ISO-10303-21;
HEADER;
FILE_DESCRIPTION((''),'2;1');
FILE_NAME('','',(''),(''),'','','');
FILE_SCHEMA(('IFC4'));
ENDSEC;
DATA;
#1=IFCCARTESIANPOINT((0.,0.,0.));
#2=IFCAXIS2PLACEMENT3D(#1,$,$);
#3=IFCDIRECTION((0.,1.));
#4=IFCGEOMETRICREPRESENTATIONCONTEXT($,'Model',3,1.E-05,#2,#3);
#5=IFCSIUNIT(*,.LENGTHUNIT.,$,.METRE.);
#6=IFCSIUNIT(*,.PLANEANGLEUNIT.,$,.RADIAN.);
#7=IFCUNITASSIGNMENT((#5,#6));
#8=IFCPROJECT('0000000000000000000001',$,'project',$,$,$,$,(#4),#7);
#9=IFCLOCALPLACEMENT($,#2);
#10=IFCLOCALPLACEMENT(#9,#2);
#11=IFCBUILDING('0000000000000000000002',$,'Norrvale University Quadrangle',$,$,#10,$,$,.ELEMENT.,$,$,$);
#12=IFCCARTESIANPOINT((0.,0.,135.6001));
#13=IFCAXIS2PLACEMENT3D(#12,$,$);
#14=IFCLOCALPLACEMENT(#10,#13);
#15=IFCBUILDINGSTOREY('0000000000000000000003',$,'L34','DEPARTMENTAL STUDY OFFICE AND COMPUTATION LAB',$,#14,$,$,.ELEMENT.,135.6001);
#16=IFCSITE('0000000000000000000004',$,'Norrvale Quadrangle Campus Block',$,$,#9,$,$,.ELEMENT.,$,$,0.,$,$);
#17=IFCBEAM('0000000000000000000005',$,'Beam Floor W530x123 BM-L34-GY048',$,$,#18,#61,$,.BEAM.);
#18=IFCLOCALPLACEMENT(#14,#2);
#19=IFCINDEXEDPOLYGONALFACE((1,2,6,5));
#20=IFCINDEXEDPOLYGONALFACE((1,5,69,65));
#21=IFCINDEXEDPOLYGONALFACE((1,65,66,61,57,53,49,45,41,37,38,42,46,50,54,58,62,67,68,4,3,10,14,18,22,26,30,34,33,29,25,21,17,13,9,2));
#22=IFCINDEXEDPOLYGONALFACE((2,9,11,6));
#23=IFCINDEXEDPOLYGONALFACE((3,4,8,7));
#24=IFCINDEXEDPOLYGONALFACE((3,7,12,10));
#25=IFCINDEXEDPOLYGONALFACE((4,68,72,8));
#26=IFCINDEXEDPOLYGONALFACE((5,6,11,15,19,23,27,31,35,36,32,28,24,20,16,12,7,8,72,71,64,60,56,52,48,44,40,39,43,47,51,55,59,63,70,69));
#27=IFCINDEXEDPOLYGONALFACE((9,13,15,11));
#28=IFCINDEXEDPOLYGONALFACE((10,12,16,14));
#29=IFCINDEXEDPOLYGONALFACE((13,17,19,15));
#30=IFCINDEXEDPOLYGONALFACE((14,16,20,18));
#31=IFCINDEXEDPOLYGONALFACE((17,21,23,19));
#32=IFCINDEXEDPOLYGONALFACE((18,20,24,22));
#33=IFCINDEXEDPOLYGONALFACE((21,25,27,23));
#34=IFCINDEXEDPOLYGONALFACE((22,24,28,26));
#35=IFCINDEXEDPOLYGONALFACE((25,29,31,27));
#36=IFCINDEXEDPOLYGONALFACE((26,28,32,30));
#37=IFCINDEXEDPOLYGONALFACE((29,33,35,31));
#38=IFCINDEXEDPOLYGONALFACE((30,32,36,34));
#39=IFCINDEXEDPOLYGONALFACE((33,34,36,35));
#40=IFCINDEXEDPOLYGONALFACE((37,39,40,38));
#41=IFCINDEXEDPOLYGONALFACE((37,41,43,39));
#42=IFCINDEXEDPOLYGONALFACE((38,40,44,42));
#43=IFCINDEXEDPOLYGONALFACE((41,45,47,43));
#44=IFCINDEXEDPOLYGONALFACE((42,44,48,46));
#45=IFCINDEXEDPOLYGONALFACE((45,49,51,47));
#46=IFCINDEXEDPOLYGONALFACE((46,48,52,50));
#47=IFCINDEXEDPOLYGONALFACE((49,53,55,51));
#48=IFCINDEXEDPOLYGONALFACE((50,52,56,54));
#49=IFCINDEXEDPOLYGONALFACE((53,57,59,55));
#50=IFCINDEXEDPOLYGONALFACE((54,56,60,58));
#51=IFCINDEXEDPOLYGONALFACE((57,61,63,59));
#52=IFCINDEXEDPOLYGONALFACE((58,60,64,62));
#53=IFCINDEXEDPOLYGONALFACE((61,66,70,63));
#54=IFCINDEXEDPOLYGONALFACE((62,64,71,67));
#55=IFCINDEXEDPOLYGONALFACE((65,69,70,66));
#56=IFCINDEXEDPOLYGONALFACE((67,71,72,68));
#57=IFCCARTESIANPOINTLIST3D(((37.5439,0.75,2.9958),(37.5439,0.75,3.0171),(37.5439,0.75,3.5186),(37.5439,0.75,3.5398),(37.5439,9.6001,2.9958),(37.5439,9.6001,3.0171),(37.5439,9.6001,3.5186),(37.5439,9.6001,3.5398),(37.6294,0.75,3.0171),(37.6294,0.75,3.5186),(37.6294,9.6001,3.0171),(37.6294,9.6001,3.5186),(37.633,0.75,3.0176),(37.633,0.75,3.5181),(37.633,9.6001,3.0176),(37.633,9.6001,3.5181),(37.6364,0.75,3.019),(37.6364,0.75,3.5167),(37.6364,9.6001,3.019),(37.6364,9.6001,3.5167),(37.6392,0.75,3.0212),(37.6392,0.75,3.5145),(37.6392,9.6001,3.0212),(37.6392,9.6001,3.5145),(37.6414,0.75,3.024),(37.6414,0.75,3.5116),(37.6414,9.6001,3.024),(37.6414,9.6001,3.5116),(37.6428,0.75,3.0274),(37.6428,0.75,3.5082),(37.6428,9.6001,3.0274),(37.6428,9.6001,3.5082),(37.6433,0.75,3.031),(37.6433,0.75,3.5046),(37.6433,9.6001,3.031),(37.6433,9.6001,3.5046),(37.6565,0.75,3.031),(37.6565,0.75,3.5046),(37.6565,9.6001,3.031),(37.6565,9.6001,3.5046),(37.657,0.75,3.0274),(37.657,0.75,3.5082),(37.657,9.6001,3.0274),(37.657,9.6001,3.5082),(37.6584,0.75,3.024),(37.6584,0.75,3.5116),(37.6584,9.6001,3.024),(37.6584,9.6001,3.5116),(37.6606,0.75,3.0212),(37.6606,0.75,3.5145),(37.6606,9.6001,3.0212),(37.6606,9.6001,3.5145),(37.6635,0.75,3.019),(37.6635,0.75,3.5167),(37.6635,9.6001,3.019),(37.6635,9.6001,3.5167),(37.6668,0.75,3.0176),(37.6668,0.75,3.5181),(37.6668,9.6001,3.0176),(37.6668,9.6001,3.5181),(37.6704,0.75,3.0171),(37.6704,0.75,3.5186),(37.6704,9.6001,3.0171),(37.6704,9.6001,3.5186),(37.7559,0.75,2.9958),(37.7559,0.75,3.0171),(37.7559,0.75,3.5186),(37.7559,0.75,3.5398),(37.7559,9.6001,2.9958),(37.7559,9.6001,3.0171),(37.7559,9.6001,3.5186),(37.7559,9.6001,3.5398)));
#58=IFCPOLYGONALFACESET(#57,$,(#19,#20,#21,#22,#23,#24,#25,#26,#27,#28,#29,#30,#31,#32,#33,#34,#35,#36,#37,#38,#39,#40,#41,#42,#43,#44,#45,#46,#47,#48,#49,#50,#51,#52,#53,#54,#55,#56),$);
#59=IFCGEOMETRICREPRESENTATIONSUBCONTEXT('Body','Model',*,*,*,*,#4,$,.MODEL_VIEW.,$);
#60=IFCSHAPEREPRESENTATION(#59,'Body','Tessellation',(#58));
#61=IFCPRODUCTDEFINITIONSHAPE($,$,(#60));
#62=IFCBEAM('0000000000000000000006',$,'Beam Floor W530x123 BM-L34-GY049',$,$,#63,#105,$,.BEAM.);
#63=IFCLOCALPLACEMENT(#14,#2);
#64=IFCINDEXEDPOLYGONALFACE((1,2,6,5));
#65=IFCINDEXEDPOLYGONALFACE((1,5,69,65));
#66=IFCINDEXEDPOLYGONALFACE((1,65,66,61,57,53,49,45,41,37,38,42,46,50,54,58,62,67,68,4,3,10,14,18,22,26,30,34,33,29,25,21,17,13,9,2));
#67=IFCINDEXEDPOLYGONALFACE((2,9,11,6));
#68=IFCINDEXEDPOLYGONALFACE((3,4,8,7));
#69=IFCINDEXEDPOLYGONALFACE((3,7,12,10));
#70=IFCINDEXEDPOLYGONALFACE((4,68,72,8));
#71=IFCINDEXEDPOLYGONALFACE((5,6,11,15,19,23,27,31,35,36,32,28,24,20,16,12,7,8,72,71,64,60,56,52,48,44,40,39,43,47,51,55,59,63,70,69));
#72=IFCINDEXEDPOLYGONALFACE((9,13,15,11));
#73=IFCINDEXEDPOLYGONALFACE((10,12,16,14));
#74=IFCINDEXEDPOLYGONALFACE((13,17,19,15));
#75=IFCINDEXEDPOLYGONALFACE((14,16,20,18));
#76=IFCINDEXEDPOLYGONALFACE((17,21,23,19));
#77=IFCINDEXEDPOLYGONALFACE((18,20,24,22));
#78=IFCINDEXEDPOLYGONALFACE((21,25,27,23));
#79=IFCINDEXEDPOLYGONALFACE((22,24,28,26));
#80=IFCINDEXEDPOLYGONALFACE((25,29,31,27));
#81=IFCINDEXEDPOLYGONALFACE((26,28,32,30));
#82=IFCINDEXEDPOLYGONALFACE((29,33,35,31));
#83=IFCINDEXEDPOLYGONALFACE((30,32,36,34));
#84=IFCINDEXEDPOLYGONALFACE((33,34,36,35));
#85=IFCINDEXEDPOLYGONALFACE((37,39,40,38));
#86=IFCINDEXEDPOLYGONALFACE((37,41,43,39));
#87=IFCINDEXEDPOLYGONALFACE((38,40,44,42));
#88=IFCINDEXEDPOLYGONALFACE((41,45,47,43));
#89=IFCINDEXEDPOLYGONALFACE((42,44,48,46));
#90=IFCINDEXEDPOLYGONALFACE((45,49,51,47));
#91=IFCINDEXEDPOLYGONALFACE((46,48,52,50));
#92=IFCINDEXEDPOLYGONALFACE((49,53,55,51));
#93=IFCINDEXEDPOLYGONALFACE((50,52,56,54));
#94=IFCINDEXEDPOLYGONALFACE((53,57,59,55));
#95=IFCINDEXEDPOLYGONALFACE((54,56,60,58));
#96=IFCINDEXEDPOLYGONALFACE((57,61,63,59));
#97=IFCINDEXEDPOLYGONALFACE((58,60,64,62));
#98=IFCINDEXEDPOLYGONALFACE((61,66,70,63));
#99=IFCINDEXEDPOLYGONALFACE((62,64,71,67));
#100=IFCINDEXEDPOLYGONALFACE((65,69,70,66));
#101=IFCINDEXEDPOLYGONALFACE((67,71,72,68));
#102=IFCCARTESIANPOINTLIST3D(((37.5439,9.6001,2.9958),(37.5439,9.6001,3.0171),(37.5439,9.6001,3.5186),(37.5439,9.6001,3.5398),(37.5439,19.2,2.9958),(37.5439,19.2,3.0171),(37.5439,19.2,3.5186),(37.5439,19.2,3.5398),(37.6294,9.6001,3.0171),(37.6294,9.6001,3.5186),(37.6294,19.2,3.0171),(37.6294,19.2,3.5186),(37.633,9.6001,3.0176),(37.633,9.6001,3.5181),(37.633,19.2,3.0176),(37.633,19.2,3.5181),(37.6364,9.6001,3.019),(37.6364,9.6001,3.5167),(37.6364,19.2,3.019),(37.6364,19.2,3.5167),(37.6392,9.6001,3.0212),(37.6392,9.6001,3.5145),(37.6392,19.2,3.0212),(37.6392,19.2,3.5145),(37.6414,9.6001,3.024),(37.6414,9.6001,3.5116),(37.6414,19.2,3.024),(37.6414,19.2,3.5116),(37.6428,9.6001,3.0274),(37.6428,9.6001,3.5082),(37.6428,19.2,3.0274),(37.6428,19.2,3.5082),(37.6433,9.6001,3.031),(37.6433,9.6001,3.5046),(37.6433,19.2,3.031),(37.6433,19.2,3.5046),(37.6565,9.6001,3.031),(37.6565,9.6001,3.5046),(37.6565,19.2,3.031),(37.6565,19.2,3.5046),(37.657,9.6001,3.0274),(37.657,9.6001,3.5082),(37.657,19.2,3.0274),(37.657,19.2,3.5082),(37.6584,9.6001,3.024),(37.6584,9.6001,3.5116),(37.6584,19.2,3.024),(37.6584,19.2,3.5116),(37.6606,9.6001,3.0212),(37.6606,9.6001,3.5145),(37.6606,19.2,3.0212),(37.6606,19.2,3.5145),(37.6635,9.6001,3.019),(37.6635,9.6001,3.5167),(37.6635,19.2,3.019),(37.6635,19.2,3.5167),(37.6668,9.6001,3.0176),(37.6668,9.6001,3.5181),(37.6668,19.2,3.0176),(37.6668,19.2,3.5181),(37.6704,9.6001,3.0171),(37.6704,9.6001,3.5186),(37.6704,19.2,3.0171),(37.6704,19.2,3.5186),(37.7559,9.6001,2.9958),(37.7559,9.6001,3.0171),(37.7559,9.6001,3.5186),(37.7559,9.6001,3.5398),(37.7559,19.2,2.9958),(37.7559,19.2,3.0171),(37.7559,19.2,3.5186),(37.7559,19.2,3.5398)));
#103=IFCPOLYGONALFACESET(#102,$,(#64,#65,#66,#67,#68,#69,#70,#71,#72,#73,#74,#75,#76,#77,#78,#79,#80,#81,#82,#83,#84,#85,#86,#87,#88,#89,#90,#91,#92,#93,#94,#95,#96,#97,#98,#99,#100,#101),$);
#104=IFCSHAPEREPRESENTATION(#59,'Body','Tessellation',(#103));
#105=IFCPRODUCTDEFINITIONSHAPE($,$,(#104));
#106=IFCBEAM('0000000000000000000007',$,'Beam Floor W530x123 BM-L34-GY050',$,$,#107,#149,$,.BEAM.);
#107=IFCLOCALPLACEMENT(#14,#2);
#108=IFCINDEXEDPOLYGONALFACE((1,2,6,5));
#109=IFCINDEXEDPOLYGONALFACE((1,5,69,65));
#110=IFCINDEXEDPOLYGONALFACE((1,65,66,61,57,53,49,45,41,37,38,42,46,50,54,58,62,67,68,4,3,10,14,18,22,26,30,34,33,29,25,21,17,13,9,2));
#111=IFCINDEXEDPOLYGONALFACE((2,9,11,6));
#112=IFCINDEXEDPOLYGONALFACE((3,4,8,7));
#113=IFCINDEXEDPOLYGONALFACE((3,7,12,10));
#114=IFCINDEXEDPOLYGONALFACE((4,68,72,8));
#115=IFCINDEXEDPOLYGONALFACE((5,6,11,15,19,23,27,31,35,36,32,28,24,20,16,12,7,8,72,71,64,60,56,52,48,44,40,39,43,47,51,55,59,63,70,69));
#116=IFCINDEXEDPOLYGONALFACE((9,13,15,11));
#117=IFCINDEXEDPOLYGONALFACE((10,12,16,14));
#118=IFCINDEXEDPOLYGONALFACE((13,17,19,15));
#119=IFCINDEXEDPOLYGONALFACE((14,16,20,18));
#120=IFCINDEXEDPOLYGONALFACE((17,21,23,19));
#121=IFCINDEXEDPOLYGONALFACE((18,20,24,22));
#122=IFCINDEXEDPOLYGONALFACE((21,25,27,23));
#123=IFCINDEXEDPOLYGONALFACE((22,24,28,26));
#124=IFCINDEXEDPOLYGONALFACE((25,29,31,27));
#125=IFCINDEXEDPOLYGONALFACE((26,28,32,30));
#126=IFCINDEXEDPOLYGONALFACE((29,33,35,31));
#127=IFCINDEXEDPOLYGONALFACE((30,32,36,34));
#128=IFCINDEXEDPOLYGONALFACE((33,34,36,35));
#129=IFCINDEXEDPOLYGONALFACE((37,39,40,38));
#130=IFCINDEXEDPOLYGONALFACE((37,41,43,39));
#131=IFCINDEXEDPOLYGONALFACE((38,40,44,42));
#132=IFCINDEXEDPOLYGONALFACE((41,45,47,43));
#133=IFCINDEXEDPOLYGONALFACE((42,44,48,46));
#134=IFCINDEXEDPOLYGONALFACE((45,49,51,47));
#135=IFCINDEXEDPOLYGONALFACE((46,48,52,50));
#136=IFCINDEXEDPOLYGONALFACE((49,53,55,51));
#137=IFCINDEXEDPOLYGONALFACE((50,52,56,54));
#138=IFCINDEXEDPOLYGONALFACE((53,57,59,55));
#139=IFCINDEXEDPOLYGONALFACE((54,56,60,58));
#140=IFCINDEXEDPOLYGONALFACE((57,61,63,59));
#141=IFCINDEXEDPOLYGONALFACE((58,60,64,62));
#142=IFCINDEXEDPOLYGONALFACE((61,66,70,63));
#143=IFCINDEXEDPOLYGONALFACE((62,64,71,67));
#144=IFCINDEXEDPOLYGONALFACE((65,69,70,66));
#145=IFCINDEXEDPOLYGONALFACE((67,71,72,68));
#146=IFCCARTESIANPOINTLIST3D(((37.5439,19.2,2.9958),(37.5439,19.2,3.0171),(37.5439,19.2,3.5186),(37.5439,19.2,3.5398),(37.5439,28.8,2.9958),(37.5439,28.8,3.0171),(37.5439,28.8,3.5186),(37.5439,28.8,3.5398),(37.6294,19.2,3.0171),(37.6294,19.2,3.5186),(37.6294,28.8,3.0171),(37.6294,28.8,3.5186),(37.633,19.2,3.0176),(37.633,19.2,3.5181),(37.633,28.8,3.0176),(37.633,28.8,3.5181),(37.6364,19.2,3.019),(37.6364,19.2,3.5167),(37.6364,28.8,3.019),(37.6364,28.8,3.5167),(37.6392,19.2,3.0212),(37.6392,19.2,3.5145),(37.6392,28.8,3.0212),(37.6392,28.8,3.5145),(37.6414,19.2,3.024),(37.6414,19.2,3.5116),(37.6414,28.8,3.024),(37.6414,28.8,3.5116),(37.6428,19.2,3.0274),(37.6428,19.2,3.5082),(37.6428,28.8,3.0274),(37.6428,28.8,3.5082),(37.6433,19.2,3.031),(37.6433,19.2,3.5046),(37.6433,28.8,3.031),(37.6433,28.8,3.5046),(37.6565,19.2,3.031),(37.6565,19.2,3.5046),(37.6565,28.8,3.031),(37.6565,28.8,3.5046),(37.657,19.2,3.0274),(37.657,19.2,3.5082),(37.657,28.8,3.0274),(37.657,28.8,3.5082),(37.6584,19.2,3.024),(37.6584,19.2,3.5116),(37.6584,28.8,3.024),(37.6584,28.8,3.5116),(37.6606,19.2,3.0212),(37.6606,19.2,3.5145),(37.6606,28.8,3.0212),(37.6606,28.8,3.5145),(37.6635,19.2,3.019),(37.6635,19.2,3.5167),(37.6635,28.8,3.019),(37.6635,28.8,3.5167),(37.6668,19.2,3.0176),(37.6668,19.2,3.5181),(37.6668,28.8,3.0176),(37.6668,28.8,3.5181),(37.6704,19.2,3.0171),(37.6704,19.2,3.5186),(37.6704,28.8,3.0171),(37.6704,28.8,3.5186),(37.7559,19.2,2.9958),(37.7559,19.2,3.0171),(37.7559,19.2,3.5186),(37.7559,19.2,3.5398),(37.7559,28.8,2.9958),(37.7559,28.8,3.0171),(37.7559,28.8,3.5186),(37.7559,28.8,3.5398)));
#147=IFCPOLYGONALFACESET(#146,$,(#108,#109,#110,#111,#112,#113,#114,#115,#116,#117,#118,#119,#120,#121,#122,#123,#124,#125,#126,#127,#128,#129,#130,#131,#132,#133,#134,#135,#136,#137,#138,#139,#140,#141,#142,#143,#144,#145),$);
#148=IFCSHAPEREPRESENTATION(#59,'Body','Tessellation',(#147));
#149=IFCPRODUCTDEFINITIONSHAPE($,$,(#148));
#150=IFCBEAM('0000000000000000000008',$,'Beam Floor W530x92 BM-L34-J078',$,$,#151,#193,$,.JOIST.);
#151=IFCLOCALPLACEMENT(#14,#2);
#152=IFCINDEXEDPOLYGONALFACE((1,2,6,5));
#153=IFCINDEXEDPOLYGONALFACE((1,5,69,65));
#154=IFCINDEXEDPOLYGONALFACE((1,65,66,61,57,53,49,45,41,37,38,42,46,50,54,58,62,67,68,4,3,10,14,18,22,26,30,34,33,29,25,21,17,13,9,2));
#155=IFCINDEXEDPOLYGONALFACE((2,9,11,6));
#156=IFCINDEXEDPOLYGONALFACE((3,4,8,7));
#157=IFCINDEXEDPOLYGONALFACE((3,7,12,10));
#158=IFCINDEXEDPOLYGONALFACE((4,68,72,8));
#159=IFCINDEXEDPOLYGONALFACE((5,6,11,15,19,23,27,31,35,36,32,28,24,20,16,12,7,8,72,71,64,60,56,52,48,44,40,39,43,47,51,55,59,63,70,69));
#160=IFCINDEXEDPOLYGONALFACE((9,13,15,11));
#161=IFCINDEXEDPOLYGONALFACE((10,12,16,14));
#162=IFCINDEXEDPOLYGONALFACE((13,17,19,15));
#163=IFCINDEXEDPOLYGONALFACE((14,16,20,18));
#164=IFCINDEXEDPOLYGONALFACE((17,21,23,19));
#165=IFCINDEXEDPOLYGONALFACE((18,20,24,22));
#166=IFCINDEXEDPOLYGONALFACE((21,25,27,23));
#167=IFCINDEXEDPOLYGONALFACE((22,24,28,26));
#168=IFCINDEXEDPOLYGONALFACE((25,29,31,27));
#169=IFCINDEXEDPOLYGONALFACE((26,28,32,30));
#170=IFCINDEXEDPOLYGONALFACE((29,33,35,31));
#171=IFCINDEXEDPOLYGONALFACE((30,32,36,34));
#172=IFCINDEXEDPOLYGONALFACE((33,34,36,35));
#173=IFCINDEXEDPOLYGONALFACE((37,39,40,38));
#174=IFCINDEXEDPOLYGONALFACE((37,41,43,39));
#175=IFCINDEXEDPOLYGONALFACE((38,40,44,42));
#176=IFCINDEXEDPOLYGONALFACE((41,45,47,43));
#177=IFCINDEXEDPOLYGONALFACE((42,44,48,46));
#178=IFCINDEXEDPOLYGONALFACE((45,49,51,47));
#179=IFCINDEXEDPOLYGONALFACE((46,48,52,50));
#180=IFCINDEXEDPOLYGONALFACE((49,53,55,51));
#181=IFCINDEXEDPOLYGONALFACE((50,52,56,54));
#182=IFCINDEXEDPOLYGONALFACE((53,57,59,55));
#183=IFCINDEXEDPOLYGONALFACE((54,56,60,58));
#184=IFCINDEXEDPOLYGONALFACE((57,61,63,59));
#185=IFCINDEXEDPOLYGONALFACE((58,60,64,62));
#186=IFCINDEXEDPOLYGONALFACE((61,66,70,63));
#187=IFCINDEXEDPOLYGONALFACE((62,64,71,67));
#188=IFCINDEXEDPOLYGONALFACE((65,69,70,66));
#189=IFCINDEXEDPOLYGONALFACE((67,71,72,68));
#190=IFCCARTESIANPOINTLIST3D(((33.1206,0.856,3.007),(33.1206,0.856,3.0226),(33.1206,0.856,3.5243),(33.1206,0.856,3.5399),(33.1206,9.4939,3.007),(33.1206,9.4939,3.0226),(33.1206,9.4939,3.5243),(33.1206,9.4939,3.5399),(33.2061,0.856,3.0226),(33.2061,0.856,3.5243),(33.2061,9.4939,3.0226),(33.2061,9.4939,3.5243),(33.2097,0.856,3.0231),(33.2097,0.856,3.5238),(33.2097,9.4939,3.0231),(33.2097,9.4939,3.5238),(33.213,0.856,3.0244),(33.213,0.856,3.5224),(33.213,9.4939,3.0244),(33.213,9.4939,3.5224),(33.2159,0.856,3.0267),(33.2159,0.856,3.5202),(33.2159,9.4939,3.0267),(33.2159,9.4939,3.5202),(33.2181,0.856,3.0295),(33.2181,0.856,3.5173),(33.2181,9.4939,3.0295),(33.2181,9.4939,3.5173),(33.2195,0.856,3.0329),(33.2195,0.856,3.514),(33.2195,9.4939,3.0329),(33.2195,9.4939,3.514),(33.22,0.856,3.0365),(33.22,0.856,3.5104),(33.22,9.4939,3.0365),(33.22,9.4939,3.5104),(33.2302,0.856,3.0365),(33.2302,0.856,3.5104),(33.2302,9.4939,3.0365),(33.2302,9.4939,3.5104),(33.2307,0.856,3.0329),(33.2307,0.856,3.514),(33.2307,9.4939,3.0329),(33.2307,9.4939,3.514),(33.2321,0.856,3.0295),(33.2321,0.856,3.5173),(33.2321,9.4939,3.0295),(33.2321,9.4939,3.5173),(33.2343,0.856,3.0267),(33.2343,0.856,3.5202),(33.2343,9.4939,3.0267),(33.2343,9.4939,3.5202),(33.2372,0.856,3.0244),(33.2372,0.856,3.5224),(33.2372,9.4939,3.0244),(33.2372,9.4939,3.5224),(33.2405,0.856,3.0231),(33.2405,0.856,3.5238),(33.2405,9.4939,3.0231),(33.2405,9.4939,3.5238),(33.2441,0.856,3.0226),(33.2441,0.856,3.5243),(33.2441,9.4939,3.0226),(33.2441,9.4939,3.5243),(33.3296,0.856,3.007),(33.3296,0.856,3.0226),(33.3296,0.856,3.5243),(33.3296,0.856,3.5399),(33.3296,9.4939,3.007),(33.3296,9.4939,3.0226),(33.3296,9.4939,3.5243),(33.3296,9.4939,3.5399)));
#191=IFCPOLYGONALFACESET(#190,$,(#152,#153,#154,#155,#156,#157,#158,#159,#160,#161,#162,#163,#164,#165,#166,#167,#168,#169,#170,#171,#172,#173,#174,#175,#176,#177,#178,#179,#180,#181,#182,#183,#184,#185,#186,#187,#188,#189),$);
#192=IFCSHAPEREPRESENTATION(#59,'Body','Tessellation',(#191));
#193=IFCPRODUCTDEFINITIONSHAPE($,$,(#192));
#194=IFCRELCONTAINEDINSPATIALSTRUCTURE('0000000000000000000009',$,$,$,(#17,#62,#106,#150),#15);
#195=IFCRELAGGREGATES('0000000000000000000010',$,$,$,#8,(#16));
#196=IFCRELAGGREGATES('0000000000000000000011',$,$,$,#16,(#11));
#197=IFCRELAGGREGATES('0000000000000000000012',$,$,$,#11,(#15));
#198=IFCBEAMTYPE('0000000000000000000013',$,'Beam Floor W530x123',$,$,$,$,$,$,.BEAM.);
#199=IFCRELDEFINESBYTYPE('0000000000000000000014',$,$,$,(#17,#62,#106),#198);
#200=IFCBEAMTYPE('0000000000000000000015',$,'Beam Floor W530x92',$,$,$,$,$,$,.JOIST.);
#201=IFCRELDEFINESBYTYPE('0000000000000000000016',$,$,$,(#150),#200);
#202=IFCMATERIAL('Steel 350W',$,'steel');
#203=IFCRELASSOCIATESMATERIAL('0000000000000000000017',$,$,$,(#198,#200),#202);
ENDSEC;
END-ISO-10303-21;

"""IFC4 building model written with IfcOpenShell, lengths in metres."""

from ifc_helpers import new_model, si_unit, direction, frame, origin, origin_2d, place, context, subcontext, project, spatial, i_section, extrude, material, material_profile, profile_set, type_object, element, save


model = new_model("IFC4")

# Units and contexts
model_context = context("Model", 3, precision=1e-05, world=origin(), true_north=direction((0.0, 1.0)))
body_context = subcontext(model_context, "Body", "Model", "MODEL_VIEW")
ifc_project = project(units=[si_unit("LENGTHUNIT", "METRE"), si_unit("PLANEANGLEUNIT", "RADIAN")], contexts=[model_context])

# Site, building, storey
site_placement = place(None, origin())
site = spatial("IfcSite", under=ifc_project, at=site_placement, Name="Norrvale Quadrangle Campus Block", CompositionType="ELEMENT", RefElevation=0.0)
building_placement = place(site_placement, origin())
building = spatial("IfcBuilding", under=site, at=building_placement, Name="Norrvale University Quadrangle", CompositionType="ELEMENT")
storey_placement = place(building_placement, frame((0.0, 0.0, 135.6001)))
storey = spatial("IfcBuildingStorey", under=building, at=storey_placement, Name="L34", Description="DEPARTMENTAL STUDY OFFICE AND COMPUTATION LAB", CompositionType="ELEMENT", Elevation=135.6001)

# Beams
ifc_material_1 = material(Name="Steel 350W", Category="steel")
ifc_material_profile_1 = material_profile(ifc_material_1, i_section(OverallWidth=0.2119, OverallDepth=0.5439, WebThickness=0.0132, FlangeThickness=0.0212, FilletRadius=0.0139, at=origin_2d()), Name="Steel 350W")
ifc_profile_set_1 = profile_set([ifc_material_profile_1], Name="Steel 350W")
beam_type_1 = type_object("IfcBeamType", Name="Beam Floor W530x123", PredefinedType="BEAM", material=ifc_profile_set_1)
beam_1_placement = place(storey_placement, frame((37.6499, 0.75, 3.2678), z_axis=(0.0, 1.0, 0.0), x_axis=(-1.0, 0.0, 0.0)))
element("IfcBeam", 1, at=beam_1_placement, inside=storey, type_object=beam_type_1, Name="Beam Floor W530x123 BM-L34-GY048", PredefinedType="BEAM", context=body_context, shape_type="SweptSolid", body=[
    extrude(i_section(OverallWidth=0.2119, OverallDepth=0.5439, WebThickness=0.0132, FlangeThickness=0.0212, FilletRadius=0.0139, at=origin_2d()), origin(), (0.0, 0.0, 1.0), 8.8501),
])
beam_2_placement = place(storey_placement, frame((37.6499, 9.6001, 3.2678), z_axis=(0.0, 1.0, 0.0), x_axis=(-1.0, 0.0, 0.0)))
element("IfcBeam", 2, at=beam_2_placement, inside=storey, type_object=beam_type_1, Name="Beam Floor W530x123 BM-L34-GY049", PredefinedType="BEAM", context=body_context, shape_type="SweptSolid", body=[
    extrude(i_section(OverallWidth=0.2119, OverallDepth=0.5439, WebThickness=0.0132, FlangeThickness=0.0212, FilletRadius=0.0139, at=origin_2d()), origin(), (0.0, 0.0, 1.0), 9.5999),
])
beam_3_placement = place(storey_placement, frame((37.6499, 19.2, 3.2678), z_axis=(0.0, 1.0, 0.0), x_axis=(-1.0, 0.0, 0.0)))
element("IfcBeam", 3, at=beam_3_placement, inside=storey, type_object=beam_type_1, Name="Beam Floor W530x123 BM-L34-GY050", PredefinedType="BEAM", context=body_context, shape_type="SweptSolid", body=[
    extrude(i_section(OverallWidth=0.2119, OverallDepth=0.5439, WebThickness=0.0132, FlangeThickness=0.0212, FilletRadius=0.0139, at=origin_2d()), origin(), (0.0, 0.0, 1.0), 9.6001),
])
ifc_material_profile_2 = material_profile(ifc_material_1, i_section(OverallWidth=0.209, OverallDepth=0.533, WebThickness=0.0103, FlangeThickness=0.0156, FilletRadius=0.0139, at=origin_2d()), Name="Steel 350W")
ifc_profile_set_2 = profile_set([ifc_material_profile_2], Name="Steel 350W")
beam_type_2 = type_object("IfcBeamType", Name="Beam Floor W530x92", PredefinedType="JOIST", material=ifc_profile_set_2)
beam_4_placement = place(storey_placement, frame((33.2251, 0.856, 3.2734), z_axis=(0.0, 1.0, 0.0), x_axis=(-1.0, 0.0, 0.0)))
element("IfcBeam", 4, at=beam_4_placement, inside=storey, type_object=beam_type_2, Name="Beam Floor W530x92 BM-L34-J078", PredefinedType="JOIST", context=body_context, shape_type="SweptSolid", body=[
    extrude(i_section(OverallWidth=0.209, OverallDepth=0.533, WebThickness=0.0103, FlangeThickness=0.0156, FilletRadius=0.0139, at=origin_2d()), origin(), (0.0, 0.0, 1.0), 8.6379),
])

save(model, "model.ifc")
